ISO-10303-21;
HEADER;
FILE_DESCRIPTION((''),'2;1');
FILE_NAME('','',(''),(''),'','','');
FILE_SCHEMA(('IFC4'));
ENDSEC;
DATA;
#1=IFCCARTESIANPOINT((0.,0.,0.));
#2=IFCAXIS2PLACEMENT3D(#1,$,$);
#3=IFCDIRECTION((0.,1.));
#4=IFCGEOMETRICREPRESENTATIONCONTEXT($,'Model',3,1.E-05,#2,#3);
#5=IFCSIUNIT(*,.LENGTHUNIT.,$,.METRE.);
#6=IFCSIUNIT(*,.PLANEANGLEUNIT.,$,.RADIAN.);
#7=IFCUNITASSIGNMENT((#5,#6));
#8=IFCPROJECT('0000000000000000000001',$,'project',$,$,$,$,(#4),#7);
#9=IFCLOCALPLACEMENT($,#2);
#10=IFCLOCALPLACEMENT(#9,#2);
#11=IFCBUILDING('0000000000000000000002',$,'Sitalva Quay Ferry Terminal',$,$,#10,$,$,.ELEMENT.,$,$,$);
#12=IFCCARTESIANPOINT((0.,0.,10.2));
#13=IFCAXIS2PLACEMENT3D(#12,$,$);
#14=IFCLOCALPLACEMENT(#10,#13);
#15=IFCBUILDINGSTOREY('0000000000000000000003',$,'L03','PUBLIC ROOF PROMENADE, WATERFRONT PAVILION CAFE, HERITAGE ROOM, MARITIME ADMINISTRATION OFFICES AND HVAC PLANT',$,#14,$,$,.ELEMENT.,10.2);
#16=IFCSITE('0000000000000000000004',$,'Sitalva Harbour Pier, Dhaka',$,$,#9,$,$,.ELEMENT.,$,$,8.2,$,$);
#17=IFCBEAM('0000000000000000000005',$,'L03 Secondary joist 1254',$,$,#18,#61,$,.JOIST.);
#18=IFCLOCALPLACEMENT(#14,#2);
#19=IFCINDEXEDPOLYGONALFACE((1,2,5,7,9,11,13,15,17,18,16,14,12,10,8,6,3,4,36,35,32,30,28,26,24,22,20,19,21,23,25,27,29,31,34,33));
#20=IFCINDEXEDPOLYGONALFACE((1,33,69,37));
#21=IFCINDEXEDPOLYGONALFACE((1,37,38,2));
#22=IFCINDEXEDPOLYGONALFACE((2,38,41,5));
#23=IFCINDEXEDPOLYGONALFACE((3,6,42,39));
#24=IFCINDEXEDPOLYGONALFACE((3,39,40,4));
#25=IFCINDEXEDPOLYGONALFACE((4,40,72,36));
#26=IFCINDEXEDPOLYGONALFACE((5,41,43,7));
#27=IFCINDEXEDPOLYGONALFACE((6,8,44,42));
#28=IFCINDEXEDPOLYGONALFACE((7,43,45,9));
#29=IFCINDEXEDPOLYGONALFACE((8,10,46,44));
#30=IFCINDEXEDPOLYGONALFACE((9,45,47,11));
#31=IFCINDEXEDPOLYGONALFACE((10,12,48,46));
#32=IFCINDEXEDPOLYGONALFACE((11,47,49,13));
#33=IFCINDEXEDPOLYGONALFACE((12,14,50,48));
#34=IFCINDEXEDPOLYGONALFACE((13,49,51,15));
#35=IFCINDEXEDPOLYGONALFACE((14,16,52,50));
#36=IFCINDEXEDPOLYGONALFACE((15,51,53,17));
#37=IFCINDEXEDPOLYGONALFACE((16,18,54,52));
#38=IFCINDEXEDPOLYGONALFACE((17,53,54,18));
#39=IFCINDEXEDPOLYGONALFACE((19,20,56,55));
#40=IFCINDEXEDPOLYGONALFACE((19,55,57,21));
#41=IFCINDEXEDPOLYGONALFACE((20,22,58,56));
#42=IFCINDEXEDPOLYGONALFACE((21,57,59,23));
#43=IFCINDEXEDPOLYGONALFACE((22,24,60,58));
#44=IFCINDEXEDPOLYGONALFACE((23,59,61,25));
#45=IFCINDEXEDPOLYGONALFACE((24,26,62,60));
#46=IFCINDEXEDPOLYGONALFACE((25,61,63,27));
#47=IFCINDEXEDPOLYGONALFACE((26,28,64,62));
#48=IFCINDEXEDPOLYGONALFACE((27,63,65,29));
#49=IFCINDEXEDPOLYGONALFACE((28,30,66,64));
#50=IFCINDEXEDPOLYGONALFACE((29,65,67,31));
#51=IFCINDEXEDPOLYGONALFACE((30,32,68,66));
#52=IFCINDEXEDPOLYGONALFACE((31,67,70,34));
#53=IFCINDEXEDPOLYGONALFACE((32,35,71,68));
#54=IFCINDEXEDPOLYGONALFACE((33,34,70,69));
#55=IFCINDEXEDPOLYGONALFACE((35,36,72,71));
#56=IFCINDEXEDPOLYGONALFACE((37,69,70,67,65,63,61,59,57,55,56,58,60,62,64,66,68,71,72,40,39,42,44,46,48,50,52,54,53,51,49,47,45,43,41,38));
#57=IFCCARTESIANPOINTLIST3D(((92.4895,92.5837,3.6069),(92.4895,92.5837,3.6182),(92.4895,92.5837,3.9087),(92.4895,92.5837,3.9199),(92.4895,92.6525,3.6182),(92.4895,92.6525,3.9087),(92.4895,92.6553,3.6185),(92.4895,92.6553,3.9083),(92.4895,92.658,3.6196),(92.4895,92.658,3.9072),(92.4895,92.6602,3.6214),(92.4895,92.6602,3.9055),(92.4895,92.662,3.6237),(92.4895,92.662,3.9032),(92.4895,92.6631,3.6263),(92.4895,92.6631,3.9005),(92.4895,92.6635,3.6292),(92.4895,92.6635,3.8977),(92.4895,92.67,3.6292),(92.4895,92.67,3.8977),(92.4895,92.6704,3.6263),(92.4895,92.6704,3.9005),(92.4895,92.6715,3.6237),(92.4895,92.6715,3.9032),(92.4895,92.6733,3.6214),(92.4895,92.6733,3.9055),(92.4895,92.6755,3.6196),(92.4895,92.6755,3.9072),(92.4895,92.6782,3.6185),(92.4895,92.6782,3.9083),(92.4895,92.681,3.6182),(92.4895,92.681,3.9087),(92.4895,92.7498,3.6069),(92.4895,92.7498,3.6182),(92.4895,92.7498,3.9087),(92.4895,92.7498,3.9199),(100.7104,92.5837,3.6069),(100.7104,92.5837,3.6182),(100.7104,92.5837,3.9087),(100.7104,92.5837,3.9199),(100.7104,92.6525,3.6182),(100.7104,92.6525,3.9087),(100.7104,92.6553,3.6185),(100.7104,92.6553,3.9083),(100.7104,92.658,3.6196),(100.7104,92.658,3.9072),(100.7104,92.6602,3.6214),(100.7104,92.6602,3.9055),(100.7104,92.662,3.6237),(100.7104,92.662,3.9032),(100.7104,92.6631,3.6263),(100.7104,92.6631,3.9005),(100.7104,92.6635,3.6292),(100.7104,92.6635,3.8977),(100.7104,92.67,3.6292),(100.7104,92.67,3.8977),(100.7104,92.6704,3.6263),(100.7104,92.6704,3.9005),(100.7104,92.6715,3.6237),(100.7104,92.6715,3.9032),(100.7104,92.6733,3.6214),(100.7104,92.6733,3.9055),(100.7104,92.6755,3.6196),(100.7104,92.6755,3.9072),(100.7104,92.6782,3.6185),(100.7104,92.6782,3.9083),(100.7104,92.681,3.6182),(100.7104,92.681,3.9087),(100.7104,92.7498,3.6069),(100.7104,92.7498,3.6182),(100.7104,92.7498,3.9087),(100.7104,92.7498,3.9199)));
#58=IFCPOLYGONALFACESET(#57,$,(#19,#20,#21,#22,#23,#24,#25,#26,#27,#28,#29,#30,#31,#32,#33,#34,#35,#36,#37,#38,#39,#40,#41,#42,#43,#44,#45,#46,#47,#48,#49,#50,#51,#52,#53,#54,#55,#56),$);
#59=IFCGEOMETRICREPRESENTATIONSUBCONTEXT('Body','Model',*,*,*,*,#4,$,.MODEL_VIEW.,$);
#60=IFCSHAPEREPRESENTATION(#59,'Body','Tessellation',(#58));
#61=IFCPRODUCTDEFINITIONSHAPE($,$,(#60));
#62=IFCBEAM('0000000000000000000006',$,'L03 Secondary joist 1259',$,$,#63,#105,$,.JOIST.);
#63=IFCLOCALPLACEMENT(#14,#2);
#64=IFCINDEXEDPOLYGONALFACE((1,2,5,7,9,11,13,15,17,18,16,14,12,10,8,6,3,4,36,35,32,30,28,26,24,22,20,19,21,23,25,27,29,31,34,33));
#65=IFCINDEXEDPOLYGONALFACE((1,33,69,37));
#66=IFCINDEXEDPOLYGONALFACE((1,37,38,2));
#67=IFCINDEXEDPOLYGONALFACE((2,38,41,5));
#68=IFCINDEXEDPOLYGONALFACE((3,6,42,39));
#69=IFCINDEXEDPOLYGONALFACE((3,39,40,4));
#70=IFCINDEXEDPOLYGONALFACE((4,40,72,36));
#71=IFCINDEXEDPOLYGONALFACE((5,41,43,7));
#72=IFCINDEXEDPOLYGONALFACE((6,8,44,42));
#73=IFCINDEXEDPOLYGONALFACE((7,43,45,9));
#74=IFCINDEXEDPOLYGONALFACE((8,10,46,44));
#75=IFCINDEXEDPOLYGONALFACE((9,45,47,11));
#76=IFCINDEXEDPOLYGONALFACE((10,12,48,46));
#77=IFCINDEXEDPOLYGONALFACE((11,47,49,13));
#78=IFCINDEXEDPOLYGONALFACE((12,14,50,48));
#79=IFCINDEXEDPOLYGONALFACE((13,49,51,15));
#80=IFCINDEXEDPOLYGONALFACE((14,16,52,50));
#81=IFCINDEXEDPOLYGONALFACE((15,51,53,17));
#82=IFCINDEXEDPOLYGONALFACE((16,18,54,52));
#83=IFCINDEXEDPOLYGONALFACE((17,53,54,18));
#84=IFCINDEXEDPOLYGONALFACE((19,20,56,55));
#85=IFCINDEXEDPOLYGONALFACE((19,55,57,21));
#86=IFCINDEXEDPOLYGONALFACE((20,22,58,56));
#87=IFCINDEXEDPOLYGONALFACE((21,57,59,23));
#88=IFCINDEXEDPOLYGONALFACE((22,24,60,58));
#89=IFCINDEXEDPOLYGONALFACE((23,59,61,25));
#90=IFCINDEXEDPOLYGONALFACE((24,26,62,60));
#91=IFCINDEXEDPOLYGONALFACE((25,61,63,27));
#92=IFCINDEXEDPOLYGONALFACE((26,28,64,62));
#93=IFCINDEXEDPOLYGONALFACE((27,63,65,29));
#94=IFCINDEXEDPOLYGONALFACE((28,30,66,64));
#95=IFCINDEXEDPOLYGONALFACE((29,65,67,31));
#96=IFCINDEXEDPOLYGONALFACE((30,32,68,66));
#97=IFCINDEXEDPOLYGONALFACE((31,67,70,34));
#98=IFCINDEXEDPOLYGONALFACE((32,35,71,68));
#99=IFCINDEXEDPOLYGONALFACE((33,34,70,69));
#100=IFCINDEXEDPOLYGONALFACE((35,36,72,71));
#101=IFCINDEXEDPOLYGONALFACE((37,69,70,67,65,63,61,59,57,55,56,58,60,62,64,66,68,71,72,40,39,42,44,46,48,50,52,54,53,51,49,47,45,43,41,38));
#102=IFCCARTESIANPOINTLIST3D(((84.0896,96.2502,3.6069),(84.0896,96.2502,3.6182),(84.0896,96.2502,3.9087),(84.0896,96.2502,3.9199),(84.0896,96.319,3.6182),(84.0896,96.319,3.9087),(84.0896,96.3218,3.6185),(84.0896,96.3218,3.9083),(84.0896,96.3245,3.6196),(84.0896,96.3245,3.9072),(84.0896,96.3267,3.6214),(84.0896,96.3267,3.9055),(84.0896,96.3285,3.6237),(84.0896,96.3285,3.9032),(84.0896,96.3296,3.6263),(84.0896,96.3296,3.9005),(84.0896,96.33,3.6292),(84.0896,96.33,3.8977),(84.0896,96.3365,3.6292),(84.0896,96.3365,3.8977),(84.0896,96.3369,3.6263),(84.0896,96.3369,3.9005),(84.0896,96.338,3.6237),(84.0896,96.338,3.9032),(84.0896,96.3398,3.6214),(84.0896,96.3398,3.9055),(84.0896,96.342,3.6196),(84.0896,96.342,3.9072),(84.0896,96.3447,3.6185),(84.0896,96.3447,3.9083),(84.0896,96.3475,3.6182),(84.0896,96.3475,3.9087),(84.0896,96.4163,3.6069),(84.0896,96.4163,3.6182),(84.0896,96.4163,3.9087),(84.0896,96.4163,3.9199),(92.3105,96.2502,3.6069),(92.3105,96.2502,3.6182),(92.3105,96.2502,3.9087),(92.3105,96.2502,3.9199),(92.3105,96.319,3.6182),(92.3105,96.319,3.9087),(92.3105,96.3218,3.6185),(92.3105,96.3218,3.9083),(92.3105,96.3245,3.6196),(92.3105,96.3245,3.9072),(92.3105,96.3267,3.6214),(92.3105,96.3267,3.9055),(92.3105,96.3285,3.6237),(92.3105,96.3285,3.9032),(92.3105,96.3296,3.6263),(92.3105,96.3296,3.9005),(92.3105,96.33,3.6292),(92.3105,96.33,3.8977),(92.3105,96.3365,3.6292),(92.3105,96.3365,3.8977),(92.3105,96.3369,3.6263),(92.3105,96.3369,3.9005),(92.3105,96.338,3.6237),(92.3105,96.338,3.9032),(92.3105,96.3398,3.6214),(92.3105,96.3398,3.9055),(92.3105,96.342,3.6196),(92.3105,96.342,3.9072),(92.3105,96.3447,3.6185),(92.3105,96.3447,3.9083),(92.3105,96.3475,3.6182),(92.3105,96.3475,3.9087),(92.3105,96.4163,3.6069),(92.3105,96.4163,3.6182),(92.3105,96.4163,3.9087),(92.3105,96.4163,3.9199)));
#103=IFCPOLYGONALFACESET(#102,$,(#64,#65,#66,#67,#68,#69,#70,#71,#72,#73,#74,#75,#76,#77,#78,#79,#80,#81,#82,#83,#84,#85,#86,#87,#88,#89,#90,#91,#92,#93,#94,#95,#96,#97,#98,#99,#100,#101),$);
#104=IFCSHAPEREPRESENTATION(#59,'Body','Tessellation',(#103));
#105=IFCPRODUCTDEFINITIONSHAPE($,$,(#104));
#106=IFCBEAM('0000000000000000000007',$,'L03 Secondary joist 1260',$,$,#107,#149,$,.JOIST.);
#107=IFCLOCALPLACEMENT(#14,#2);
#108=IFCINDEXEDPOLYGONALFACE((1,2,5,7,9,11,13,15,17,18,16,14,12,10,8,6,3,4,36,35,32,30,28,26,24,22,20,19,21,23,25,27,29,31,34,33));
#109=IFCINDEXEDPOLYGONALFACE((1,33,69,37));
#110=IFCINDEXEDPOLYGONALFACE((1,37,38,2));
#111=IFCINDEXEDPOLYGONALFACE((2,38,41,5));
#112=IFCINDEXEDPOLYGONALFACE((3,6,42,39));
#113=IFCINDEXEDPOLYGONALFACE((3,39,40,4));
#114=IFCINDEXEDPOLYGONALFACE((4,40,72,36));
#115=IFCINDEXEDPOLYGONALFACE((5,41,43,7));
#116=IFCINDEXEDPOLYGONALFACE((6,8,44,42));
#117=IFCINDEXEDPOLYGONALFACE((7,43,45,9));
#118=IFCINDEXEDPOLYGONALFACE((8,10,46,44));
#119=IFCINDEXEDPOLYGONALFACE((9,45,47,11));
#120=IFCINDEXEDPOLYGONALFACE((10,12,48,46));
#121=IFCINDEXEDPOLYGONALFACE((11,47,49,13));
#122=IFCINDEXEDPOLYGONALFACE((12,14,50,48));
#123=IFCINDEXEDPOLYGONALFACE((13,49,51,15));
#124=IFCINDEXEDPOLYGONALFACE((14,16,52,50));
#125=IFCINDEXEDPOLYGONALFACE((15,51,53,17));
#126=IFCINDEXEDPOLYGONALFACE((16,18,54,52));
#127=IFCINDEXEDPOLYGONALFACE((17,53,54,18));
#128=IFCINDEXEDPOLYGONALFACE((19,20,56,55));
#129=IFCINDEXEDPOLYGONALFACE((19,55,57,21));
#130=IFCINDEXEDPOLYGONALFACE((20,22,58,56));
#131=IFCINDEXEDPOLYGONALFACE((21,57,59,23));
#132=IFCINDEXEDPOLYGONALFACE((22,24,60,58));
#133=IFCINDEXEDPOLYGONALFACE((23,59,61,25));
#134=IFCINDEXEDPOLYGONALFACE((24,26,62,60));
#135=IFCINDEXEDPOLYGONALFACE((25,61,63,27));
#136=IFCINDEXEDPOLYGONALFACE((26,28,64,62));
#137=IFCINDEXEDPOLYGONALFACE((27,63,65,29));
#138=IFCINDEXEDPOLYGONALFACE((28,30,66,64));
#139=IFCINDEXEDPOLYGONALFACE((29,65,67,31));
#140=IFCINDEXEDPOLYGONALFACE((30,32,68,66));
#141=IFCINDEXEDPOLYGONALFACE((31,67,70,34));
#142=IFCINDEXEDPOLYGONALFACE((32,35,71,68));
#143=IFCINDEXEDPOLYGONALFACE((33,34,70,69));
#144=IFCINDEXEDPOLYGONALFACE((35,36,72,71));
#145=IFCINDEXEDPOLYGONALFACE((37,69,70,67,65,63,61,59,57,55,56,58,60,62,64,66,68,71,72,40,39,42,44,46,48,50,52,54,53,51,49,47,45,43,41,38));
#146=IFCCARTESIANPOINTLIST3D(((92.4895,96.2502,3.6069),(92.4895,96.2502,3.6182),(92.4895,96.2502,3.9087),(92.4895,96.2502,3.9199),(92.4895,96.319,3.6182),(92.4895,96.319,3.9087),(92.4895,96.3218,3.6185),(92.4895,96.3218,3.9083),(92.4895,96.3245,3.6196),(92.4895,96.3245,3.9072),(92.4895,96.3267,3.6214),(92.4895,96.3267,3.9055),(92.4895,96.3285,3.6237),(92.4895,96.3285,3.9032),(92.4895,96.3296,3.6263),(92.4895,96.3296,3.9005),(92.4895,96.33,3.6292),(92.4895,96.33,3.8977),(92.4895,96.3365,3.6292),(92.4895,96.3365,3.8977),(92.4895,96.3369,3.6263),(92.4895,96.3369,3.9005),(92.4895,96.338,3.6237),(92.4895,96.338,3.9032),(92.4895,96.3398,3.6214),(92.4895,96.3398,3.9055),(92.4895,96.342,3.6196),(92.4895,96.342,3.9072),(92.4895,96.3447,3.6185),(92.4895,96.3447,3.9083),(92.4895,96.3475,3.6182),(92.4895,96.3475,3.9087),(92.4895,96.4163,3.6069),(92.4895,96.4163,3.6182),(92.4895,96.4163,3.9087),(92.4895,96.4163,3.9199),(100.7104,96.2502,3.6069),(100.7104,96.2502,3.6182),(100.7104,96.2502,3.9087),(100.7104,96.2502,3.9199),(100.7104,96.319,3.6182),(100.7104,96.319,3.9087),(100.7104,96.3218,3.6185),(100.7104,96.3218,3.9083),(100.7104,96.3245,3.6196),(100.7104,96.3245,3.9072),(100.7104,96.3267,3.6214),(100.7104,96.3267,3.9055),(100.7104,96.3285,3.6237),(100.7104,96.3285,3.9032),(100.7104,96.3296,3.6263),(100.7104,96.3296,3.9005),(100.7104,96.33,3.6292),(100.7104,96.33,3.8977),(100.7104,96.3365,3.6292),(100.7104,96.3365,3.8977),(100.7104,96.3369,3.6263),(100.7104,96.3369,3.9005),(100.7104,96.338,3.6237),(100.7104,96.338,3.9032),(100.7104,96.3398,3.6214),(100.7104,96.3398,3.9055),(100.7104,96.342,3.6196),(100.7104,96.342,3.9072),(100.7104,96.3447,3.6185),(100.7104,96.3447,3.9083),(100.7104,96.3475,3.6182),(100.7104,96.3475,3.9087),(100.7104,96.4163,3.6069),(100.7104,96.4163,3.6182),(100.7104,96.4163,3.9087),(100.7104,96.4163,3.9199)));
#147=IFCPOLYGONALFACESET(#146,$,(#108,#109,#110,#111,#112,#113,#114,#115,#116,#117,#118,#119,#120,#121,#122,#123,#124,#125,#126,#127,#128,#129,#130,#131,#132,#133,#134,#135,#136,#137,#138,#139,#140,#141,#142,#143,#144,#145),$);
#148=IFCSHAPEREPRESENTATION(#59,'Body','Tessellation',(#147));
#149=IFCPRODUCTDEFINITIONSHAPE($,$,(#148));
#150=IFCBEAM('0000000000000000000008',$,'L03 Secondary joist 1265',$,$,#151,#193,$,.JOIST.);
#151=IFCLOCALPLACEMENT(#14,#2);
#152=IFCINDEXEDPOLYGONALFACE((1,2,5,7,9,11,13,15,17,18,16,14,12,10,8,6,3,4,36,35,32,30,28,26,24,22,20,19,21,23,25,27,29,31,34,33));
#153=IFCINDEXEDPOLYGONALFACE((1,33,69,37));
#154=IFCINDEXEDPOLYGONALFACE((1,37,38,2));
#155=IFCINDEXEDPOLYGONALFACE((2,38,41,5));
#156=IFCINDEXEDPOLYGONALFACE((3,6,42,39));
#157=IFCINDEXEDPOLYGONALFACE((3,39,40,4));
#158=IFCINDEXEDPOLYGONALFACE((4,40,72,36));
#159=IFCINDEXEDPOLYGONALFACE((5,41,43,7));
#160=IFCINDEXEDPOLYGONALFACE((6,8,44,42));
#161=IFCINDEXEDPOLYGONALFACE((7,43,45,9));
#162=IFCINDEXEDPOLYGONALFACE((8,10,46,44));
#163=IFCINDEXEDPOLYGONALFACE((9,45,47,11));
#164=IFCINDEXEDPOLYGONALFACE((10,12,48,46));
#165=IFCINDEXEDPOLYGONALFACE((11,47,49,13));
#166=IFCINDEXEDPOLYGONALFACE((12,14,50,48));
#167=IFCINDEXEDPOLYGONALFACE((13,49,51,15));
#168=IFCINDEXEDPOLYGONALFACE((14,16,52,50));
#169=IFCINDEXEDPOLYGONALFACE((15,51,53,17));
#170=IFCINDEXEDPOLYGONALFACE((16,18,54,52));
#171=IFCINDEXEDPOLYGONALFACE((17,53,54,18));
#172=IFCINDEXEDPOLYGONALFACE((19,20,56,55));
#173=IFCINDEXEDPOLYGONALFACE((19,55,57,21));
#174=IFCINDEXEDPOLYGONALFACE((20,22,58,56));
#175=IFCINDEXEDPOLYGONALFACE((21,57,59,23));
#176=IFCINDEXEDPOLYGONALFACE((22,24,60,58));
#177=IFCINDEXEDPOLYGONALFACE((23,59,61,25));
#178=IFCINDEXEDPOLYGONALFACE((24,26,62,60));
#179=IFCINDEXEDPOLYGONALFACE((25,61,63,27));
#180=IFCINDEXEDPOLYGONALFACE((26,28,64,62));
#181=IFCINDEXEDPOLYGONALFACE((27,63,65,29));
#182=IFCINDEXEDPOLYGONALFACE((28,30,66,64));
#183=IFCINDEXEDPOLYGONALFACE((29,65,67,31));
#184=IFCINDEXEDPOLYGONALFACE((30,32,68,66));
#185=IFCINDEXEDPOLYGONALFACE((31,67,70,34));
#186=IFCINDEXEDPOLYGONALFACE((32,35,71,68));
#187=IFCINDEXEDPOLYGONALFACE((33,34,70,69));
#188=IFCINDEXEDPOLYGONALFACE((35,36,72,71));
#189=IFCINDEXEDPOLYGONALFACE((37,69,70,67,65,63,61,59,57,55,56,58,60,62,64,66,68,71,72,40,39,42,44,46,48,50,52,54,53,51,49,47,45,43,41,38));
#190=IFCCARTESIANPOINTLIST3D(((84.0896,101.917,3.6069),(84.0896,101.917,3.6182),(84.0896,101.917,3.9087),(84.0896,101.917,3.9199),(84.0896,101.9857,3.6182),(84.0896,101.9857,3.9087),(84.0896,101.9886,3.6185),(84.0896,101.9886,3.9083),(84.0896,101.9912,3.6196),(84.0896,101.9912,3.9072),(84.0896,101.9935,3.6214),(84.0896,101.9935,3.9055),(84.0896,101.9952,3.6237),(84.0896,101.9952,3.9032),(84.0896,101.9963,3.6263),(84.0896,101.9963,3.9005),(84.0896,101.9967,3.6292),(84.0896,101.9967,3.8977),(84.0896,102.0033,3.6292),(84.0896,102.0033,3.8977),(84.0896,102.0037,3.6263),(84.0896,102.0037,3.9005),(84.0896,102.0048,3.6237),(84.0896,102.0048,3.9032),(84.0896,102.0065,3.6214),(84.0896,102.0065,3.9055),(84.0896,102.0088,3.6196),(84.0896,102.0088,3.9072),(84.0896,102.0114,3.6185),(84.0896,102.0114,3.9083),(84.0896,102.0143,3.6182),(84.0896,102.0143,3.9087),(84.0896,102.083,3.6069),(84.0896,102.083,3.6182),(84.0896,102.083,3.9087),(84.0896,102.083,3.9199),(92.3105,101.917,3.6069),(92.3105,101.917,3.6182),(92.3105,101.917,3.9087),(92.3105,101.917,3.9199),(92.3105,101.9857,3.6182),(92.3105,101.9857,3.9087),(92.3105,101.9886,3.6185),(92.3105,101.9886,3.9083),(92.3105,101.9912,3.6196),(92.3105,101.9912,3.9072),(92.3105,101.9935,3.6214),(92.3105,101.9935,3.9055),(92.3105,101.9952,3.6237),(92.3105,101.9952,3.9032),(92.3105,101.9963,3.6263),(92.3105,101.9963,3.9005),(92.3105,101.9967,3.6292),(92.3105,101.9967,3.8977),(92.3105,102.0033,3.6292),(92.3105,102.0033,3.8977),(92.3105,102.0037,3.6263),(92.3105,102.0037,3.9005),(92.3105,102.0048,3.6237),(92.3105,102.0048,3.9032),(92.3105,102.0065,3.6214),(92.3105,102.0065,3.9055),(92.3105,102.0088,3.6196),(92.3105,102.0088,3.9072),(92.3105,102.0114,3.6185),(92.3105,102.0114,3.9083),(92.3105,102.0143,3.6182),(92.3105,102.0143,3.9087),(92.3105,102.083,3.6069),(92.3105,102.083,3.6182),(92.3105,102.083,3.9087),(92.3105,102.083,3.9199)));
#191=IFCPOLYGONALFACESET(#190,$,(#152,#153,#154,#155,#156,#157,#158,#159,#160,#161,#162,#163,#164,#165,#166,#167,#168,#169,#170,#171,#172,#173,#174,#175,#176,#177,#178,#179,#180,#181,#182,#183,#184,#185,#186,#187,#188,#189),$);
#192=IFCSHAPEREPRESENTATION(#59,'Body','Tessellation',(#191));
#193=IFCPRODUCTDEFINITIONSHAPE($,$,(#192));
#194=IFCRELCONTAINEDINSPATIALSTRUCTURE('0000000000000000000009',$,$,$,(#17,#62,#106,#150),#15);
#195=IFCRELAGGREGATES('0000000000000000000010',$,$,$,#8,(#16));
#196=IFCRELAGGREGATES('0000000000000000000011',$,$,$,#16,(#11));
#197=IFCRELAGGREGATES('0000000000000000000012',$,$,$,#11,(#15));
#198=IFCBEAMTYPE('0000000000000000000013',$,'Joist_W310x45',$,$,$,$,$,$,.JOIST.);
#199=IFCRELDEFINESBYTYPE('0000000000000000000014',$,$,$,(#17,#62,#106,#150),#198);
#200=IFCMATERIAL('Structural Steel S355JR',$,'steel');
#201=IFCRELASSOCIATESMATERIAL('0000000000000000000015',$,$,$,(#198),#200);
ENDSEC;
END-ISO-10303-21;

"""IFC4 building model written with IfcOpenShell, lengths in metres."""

from ifc_helpers import new_model, si_unit, direction, frame, origin, origin_2d, place, context, subcontext, project, spatial, i_section, extrude, material, material_profile, profile_set, type_object, element, save


model = new_model("IFC4")

# Units and contexts
model_context = context("Model", 3, precision=1e-05, world=origin(), true_north=direction((0.0, 1.0)))
body_context = subcontext(model_context, "Body", "Model", "MODEL_VIEW")
ifc_project = project(units=[si_unit("LENGTHUNIT", "METRE"), si_unit("PLANEANGLEUNIT", "RADIAN")], contexts=[model_context])

# Site, building, storey
site_placement = place(None, origin())
site = spatial("IfcSite", under=ifc_project, at=site_placement, Name="Sitalva Harbour Pier, Dhaka", CompositionType="ELEMENT", RefElevation=8.2)
building_placement = place(site_placement, origin())
building = spatial("IfcBuilding", under=site, at=building_placement, Name="Sitalva Quay Ferry Terminal", CompositionType="ELEMENT")
storey_placement = place(building_placement, frame((0.0, 0.0, 10.2)))
storey = spatial("IfcBuildingStorey", under=building, at=storey_placement, Name="L03", Description="PUBLIC ROOF PROMENADE, WATERFRONT PAVILION CAFE, HERITAGE ROOM, MARITIME ADMINISTRATION OFFICES AND HVAC PLANT", CompositionType="ELEMENT", Elevation=10.2)

# Beams
ifc_material_1 = material(Name="Structural Steel S355JR", Category="steel")
ifc_material_profile_1 = material_profile(ifc_material_1, i_section(OverallWidth=0.166, OverallDepth=0.313, WebThickness=0.0066, FlangeThickness=0.0112, FilletRadius=0.011, at=origin_2d()), Name="W310x45")
ifc_profile_set_1 = profile_set([ifc_material_profile_1], Name="Structural Steel S355JR")
beam_type_1 = type_object("IfcBeamType", Name="Joist_W310x45", PredefinedType="JOIST", material=ifc_profile_set_1)
for number, where, z_axis, x_axis, name in (
    (1, (92.4895, 92.6667, 3.7634), (1.0, 0.0, 0.0), (0.0, 1.0, 0.0), "L03 Secondary joist 1254"),
    (2, (84.0896, 96.3333, 3.7634), (1.0, 0.0, 0.0), (0.0, 1.0, 0.0), "L03 Secondary joist 1259"),
    (3, (92.4895, 96.3333, 3.7634), (1.0, 0.0, 0.0), (0.0, 1.0, 0.0), "L03 Secondary joist 1260"),
    (4, (84.0896, 102.0, 3.7634), (1.0, 0.0, 0.0), (0.0, 1.0, 0.0), "L03 Secondary joist 1265"),
):
    element("IfcBeam", number, at=place(storey_placement, frame(where, z_axis=z_axis, x_axis=x_axis)), inside=storey, type_object=beam_type_1, Name=name, PredefinedType="JOIST", context=body_context, shape_type="SweptSolid", body=[
        extrude(i_section(OverallWidth=0.166, OverallDepth=0.313, WebThickness=0.0066, FlangeThickness=0.0112, FilletRadius=0.011, at=origin_2d()), origin(), (0.0, 0.0, 1.0), 8.2209),
    ])

save(model, "model.ifc")
